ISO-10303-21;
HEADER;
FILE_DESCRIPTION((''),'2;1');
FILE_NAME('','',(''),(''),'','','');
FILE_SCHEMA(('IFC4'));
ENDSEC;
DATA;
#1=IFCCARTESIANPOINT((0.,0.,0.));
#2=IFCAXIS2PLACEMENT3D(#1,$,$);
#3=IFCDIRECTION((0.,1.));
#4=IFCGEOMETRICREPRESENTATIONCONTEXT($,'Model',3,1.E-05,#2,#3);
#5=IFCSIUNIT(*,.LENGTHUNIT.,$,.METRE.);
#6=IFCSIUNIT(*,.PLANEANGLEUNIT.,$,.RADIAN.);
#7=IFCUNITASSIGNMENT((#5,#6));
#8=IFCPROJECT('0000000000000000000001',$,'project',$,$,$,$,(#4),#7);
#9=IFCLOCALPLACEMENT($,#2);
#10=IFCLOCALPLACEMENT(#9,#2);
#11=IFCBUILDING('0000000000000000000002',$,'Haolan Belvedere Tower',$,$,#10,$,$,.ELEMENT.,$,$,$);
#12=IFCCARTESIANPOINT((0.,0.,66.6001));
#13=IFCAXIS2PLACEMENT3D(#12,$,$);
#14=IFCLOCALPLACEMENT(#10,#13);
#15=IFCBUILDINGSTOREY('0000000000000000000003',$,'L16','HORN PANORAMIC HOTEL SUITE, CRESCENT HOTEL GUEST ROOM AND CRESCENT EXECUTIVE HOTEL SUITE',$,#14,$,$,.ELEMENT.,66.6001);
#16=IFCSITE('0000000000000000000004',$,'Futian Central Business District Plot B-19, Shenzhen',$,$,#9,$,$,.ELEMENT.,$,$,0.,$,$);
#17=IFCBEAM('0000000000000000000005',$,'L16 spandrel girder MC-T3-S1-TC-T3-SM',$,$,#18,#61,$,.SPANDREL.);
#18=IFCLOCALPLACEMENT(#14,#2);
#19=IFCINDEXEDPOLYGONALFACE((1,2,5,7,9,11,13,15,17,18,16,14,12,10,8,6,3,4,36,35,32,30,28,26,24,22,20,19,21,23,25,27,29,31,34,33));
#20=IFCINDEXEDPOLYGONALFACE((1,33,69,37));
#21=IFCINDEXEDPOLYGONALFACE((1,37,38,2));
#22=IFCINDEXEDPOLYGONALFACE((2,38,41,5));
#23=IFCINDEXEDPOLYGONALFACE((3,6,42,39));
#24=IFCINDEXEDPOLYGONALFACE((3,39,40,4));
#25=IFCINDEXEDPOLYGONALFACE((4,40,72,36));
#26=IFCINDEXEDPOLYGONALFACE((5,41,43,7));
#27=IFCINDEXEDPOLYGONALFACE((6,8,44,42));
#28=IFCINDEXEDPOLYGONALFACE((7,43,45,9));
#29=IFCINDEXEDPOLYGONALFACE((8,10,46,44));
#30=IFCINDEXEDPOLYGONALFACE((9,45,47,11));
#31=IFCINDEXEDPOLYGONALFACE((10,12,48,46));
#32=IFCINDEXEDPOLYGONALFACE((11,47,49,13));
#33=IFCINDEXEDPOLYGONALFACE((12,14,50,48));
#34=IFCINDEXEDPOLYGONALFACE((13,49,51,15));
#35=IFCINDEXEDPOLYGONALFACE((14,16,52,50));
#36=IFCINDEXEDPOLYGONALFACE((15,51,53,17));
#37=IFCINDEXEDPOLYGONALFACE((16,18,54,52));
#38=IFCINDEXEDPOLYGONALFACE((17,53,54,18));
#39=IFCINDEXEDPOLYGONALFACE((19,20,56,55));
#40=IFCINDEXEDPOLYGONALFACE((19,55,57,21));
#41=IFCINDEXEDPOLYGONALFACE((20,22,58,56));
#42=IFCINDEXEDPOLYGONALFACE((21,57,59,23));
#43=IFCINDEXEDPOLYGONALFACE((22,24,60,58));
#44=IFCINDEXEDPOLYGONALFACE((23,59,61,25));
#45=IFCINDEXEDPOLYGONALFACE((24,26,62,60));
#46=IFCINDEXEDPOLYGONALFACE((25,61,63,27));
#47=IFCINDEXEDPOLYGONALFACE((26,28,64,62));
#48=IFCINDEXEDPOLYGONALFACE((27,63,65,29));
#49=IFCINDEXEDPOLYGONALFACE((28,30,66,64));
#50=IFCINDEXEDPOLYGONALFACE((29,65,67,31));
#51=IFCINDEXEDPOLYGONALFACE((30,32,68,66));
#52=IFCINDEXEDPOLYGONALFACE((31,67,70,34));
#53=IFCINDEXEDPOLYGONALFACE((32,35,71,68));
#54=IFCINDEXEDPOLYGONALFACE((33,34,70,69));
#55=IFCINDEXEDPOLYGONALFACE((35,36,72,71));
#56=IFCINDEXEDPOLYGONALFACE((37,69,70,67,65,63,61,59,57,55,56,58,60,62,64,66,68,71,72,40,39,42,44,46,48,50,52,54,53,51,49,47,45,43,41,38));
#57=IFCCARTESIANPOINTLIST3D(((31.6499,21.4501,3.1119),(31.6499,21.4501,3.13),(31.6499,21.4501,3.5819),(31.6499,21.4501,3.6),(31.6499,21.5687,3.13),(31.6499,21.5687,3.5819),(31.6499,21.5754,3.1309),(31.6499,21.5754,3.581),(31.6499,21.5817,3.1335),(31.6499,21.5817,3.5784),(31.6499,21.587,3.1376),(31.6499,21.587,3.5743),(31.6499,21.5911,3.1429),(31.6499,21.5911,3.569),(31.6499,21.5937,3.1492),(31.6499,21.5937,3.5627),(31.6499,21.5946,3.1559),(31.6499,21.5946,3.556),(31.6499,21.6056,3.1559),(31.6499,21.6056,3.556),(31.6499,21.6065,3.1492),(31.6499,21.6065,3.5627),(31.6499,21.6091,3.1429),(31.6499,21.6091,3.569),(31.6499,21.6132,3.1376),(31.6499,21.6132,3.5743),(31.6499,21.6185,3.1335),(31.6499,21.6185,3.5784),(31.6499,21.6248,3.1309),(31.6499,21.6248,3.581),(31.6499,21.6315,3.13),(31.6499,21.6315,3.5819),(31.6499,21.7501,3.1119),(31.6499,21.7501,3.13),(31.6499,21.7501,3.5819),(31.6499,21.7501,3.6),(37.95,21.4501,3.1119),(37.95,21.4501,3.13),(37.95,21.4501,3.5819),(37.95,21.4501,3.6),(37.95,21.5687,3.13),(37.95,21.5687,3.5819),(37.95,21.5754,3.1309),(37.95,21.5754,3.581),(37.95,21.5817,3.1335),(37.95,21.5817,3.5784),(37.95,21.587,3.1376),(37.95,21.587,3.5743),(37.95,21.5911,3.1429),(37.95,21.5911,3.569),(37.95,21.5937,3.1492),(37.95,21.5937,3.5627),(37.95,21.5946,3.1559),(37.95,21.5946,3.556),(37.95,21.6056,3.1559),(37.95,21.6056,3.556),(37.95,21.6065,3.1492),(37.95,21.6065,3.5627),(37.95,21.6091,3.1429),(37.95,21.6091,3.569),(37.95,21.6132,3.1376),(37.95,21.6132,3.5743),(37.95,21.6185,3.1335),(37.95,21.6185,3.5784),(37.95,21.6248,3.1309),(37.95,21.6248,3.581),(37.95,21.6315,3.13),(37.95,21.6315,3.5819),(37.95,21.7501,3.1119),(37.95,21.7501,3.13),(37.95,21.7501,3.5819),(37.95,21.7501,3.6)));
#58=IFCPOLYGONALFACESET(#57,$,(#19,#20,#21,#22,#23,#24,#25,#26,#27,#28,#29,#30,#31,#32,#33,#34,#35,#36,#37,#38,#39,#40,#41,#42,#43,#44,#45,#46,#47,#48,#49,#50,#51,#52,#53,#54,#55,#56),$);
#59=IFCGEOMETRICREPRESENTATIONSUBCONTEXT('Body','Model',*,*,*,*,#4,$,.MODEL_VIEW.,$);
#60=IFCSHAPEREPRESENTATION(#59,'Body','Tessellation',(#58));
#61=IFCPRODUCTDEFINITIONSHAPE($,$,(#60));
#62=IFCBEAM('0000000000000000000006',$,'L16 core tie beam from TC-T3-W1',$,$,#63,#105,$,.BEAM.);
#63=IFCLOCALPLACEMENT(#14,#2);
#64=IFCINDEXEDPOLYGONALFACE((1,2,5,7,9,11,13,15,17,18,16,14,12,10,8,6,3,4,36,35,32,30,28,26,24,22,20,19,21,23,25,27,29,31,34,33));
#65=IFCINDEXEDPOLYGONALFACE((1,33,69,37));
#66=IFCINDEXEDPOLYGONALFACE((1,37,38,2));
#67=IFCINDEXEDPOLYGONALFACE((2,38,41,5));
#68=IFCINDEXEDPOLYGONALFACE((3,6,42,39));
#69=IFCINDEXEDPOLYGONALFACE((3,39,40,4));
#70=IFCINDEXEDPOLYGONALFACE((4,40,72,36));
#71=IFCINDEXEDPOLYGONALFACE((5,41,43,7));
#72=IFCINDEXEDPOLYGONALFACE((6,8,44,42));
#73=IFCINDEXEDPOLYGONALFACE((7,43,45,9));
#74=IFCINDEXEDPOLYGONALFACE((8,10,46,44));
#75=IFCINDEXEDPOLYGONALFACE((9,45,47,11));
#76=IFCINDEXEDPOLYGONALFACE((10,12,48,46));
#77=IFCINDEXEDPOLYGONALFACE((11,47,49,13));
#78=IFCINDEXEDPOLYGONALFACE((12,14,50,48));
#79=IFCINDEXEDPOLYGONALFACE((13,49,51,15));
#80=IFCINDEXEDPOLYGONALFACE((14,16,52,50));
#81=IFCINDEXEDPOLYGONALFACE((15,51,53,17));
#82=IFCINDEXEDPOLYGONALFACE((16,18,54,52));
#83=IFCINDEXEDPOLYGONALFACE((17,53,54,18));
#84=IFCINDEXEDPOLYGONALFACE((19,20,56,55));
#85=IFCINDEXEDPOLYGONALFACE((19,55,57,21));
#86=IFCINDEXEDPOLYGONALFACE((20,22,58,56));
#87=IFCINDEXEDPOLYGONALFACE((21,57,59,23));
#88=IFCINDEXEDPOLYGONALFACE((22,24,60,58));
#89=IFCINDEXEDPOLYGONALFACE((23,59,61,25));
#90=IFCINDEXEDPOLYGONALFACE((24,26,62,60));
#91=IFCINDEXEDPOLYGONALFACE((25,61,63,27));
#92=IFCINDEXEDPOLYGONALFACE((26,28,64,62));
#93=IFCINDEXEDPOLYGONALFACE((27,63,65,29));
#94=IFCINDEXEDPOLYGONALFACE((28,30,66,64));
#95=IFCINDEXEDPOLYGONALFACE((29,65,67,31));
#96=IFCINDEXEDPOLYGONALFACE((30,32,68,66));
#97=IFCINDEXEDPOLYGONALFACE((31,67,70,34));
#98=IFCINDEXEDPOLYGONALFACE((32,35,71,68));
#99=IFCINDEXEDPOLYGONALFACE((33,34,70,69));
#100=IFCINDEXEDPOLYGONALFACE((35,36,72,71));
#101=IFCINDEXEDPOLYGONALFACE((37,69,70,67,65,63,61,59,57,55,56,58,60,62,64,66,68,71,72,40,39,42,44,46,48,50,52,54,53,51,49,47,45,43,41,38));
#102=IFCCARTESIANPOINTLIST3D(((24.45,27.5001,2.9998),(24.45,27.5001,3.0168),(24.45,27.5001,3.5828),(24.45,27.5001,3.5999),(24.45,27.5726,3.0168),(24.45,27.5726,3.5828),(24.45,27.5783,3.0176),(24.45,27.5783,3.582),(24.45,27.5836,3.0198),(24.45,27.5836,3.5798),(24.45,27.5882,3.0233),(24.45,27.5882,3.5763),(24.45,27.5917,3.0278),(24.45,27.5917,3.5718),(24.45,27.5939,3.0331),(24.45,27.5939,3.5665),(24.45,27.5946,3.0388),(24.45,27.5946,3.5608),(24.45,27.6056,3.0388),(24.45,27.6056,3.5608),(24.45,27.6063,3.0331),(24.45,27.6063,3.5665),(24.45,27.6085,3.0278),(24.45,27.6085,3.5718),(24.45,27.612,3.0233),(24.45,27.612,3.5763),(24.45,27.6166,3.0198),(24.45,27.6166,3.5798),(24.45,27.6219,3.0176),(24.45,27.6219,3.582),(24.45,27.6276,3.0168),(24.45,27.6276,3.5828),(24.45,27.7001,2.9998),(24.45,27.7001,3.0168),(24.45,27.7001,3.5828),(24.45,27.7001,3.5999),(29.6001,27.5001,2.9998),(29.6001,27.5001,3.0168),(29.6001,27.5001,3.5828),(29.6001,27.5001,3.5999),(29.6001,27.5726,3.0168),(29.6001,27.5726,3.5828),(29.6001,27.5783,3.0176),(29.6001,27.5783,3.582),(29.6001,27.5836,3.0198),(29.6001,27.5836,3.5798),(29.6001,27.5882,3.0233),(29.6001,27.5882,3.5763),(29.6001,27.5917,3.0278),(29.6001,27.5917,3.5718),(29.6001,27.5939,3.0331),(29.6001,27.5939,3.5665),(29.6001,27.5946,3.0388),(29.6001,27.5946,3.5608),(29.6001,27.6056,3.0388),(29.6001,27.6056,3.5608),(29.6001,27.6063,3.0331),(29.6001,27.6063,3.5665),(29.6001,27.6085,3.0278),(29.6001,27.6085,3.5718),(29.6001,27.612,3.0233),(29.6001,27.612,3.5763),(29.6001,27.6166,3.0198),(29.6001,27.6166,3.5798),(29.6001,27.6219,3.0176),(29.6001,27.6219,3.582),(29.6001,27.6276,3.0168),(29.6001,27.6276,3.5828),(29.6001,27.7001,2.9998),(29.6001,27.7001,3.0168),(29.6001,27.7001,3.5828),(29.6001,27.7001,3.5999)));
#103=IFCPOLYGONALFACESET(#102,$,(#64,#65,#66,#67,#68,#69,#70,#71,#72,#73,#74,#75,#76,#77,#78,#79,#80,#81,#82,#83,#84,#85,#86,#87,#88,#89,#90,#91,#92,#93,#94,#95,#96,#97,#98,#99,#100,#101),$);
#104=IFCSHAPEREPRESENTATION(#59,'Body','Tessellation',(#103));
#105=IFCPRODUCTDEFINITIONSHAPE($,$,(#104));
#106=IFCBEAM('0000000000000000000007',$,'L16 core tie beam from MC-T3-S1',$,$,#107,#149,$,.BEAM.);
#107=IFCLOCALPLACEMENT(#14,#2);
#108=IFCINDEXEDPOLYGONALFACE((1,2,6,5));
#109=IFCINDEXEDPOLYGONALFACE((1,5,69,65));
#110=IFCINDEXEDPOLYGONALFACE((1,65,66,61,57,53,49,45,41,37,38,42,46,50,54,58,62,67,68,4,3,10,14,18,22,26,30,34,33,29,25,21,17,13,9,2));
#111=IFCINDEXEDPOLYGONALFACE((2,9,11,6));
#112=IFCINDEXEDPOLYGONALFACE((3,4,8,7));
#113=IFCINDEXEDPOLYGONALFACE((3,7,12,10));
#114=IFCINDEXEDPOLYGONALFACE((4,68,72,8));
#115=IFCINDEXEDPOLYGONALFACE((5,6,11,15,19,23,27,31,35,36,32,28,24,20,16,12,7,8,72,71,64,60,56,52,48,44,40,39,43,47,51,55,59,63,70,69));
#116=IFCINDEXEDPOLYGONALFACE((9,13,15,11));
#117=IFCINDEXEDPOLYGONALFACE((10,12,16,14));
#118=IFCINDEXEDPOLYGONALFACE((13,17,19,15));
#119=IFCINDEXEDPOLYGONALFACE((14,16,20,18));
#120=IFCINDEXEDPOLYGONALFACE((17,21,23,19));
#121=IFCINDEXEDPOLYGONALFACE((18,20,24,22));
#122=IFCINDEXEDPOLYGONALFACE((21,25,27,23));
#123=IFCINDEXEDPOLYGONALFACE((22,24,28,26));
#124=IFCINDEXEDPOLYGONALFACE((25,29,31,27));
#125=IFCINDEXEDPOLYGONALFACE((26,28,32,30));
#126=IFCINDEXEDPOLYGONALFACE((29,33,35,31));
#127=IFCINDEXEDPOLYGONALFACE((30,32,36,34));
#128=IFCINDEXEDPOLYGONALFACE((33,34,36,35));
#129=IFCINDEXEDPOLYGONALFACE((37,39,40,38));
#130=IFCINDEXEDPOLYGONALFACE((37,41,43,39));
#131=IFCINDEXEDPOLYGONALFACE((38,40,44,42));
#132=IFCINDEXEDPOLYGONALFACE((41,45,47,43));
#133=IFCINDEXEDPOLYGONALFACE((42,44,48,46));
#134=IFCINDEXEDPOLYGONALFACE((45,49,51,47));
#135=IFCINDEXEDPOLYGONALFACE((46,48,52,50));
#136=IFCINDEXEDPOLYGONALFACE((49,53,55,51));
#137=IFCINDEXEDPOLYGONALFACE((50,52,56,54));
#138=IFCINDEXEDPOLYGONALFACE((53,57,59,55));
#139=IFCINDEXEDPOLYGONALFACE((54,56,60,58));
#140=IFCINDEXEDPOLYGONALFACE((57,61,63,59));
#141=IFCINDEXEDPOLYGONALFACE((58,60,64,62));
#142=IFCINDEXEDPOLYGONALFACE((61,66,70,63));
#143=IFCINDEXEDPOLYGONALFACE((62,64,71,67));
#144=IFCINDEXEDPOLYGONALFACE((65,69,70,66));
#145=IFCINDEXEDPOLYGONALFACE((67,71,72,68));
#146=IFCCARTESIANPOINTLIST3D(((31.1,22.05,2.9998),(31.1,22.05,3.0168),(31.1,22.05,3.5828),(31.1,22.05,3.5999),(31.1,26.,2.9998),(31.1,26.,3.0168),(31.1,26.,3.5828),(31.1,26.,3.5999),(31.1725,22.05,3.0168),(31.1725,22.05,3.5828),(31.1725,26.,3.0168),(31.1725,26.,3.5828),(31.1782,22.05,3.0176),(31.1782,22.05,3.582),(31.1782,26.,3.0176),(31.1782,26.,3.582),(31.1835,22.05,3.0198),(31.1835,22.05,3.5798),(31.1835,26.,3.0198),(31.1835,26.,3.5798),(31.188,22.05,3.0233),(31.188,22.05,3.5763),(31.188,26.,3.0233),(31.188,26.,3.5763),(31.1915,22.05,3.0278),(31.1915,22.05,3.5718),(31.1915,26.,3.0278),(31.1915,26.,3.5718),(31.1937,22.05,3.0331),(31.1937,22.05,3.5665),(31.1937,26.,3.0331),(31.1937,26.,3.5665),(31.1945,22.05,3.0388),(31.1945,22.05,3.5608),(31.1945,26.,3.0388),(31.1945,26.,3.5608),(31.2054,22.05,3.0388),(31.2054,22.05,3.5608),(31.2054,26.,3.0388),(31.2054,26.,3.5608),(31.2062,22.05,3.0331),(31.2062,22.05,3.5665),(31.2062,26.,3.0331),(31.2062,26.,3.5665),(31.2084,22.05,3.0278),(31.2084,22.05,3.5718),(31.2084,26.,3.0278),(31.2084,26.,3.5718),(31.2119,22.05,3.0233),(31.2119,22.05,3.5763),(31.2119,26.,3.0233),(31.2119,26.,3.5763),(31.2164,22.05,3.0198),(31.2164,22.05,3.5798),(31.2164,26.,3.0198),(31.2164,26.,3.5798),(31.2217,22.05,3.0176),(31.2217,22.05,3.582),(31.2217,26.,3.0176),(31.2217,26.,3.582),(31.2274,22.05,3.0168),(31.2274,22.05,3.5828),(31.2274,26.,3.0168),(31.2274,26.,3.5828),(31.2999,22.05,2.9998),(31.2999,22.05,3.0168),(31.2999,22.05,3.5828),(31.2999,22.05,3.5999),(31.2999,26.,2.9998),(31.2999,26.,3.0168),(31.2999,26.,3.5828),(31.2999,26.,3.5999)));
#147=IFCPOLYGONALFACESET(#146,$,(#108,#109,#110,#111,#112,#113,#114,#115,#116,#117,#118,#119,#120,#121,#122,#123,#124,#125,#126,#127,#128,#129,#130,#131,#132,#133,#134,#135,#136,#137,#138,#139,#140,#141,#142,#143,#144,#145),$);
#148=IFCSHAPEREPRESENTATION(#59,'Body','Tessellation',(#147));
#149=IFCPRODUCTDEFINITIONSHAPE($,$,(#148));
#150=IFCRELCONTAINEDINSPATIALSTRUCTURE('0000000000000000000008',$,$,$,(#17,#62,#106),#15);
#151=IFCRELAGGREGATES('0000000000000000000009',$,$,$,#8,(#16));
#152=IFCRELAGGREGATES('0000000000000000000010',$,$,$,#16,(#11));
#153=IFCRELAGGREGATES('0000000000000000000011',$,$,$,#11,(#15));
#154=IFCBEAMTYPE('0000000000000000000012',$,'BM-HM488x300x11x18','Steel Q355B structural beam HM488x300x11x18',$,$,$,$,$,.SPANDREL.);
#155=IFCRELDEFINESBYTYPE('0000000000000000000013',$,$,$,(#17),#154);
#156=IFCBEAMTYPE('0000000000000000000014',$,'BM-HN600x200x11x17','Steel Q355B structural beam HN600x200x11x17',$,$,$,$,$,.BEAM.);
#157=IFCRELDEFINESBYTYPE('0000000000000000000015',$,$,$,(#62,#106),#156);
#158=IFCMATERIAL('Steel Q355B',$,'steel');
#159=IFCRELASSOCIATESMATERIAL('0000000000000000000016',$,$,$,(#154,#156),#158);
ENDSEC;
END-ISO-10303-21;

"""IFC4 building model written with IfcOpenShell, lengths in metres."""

from ifc_helpers import new_model, si_unit, direction, frame, origin, origin_2d, place, context, subcontext, project, spatial, i_section, extrude, material, material_profile, profile_set, type_object, element, save


model = new_model("IFC4")

# Units and contexts
model_context = context("Model", 3, precision=1e-05, world=origin(), true_north=direction((0.0, 1.0)))
body_context = subcontext(model_context, "Body", "Model", "MODEL_VIEW")
ifc_project = project(units=[si_unit("LENGTHUNIT", "METRE"), si_unit("PLANEANGLEUNIT", "RADIAN")], contexts=[model_context])

# Site, building, storey
site_placement = place(None, origin())
site = spatial("IfcSite", under=ifc_project, at=site_placement, Name="Futian Central Business District Plot B-19, Shenzhen", CompositionType="ELEMENT", RefElevation=0.0)
building_placement = place(site_placement, origin())
building = spatial("IfcBuilding", under=site, at=building_placement, Name="Haolan Belvedere Tower", CompositionType="ELEMENT")
storey_placement = place(building_placement, frame((0.0, 0.0, 66.6001)))
storey = spatial("IfcBuildingStorey", under=building, at=storey_placement, Name="L16", Description="HORN PANORAMIC HOTEL SUITE, CRESCENT HOTEL GUEST ROOM AND CRESCENT EXECUTIVE HOTEL SUITE", CompositionType="ELEMENT", Elevation=66.6001)

# Shared definitions
ifc_material_1 = material(Name="Steel Q355B", Category="steel")

# Beams
ifc_material_profile_1 = material_profile(ifc_material_1, i_section(OverallWidth=0.3, OverallDepth=0.488, WebThickness=0.011, FlangeThickness=0.0181, FilletRadius=0.0259, at=origin_2d()), Name="Steel Q355B")
ifc_profile_set_1 = profile_set([ifc_material_profile_1], Name="Steel Q355B")
beam_type_1 = type_object("IfcBeamType", Name="BM-HM488x300x11x18", Description="Steel Q355B structural beam HM488x300x11x18", PredefinedType="SPANDREL", material=ifc_profile_set_1)
for number, where, z_axis, x_axis, name in (
    (1, (31.6499, 21.6001, 3.356), (1.0, 0.0, 0.0), (0.0, 1.0, 0.0), "L16 spandrel girder MC-T3-S1-TC-T3-SM"),
):
    element("IfcBeam", number, at=place(storey_placement, frame(where, z_axis=z_axis, x_axis=x_axis)), inside=storey, type_object=beam_type_1, Name=name, PredefinedType="SPANDREL", context=body_context, shape_type="SweptSolid", body=[
        extrude(i_section(OverallWidth=0.3, OverallDepth=0.488, WebThickness=0.011, FlangeThickness=0.0181, FilletRadius=0.0259, at=origin_2d()), origin(), (0.0, 0.0, 1.0), 6.3),
    ])
ifc_material_profile_2 = material_profile(ifc_material_1, i_section(OverallWidth=0.2, OverallDepth=0.6001, WebThickness=0.011, FlangeThickness=0.0171, FilletRadius=0.022, at=origin_2d()), Name="Steel Q355B")
ifc_profile_set_2 = profile_set([ifc_material_profile_2], Name="Steel Q355B")
beam_type_2 = type_object("IfcBeamType", Name="BM-HN600x200x11x17", Description="Steel Q355B structural beam HN600x200x11x17", PredefinedType="BEAM", material=ifc_profile_set_2)
beam_1_placement = place(storey_placement, frame((24.45, 27.6001, 3.2998), z_axis=(1.0, 0.0, 0.0), x_axis=(0.0, 1.0, 0.0)))
element("IfcBeam", 2, at=beam_1_placement, inside=storey, type_object=beam_type_2, Name="L16 core tie beam from TC-T3-W1", PredefinedType="BEAM", context=body_context, shape_type="SweptSolid", body=[
    extrude(i_section(OverallWidth=0.2, OverallDepth=0.6001, WebThickness=0.011, FlangeThickness=0.0171, FilletRadius=0.022, at=origin_2d()), origin(), (0.0, 0.0, 1.0), 5.1501),
])
beam_2_placement = place(storey_placement, frame((31.2, 22.05, 3.2998), z_axis=(0.0, 1.0, 0.0), x_axis=(-1.0, 0.0, 0.0)))
element("IfcBeam", 3, at=beam_2_placement, inside=storey, type_object=beam_type_2, Name="L16 core tie beam from MC-T3-S1", PredefinedType="BEAM", context=body_context, shape_type="SweptSolid", body=[
    extrude(i_section(OverallWidth=0.2, OverallDepth=0.6001, WebThickness=0.011, FlangeThickness=0.0171, FilletRadius=0.022, at=origin_2d()), origin(), (0.0, 0.0, 1.0), 3.95),
])

save(model, "model.ifc")
